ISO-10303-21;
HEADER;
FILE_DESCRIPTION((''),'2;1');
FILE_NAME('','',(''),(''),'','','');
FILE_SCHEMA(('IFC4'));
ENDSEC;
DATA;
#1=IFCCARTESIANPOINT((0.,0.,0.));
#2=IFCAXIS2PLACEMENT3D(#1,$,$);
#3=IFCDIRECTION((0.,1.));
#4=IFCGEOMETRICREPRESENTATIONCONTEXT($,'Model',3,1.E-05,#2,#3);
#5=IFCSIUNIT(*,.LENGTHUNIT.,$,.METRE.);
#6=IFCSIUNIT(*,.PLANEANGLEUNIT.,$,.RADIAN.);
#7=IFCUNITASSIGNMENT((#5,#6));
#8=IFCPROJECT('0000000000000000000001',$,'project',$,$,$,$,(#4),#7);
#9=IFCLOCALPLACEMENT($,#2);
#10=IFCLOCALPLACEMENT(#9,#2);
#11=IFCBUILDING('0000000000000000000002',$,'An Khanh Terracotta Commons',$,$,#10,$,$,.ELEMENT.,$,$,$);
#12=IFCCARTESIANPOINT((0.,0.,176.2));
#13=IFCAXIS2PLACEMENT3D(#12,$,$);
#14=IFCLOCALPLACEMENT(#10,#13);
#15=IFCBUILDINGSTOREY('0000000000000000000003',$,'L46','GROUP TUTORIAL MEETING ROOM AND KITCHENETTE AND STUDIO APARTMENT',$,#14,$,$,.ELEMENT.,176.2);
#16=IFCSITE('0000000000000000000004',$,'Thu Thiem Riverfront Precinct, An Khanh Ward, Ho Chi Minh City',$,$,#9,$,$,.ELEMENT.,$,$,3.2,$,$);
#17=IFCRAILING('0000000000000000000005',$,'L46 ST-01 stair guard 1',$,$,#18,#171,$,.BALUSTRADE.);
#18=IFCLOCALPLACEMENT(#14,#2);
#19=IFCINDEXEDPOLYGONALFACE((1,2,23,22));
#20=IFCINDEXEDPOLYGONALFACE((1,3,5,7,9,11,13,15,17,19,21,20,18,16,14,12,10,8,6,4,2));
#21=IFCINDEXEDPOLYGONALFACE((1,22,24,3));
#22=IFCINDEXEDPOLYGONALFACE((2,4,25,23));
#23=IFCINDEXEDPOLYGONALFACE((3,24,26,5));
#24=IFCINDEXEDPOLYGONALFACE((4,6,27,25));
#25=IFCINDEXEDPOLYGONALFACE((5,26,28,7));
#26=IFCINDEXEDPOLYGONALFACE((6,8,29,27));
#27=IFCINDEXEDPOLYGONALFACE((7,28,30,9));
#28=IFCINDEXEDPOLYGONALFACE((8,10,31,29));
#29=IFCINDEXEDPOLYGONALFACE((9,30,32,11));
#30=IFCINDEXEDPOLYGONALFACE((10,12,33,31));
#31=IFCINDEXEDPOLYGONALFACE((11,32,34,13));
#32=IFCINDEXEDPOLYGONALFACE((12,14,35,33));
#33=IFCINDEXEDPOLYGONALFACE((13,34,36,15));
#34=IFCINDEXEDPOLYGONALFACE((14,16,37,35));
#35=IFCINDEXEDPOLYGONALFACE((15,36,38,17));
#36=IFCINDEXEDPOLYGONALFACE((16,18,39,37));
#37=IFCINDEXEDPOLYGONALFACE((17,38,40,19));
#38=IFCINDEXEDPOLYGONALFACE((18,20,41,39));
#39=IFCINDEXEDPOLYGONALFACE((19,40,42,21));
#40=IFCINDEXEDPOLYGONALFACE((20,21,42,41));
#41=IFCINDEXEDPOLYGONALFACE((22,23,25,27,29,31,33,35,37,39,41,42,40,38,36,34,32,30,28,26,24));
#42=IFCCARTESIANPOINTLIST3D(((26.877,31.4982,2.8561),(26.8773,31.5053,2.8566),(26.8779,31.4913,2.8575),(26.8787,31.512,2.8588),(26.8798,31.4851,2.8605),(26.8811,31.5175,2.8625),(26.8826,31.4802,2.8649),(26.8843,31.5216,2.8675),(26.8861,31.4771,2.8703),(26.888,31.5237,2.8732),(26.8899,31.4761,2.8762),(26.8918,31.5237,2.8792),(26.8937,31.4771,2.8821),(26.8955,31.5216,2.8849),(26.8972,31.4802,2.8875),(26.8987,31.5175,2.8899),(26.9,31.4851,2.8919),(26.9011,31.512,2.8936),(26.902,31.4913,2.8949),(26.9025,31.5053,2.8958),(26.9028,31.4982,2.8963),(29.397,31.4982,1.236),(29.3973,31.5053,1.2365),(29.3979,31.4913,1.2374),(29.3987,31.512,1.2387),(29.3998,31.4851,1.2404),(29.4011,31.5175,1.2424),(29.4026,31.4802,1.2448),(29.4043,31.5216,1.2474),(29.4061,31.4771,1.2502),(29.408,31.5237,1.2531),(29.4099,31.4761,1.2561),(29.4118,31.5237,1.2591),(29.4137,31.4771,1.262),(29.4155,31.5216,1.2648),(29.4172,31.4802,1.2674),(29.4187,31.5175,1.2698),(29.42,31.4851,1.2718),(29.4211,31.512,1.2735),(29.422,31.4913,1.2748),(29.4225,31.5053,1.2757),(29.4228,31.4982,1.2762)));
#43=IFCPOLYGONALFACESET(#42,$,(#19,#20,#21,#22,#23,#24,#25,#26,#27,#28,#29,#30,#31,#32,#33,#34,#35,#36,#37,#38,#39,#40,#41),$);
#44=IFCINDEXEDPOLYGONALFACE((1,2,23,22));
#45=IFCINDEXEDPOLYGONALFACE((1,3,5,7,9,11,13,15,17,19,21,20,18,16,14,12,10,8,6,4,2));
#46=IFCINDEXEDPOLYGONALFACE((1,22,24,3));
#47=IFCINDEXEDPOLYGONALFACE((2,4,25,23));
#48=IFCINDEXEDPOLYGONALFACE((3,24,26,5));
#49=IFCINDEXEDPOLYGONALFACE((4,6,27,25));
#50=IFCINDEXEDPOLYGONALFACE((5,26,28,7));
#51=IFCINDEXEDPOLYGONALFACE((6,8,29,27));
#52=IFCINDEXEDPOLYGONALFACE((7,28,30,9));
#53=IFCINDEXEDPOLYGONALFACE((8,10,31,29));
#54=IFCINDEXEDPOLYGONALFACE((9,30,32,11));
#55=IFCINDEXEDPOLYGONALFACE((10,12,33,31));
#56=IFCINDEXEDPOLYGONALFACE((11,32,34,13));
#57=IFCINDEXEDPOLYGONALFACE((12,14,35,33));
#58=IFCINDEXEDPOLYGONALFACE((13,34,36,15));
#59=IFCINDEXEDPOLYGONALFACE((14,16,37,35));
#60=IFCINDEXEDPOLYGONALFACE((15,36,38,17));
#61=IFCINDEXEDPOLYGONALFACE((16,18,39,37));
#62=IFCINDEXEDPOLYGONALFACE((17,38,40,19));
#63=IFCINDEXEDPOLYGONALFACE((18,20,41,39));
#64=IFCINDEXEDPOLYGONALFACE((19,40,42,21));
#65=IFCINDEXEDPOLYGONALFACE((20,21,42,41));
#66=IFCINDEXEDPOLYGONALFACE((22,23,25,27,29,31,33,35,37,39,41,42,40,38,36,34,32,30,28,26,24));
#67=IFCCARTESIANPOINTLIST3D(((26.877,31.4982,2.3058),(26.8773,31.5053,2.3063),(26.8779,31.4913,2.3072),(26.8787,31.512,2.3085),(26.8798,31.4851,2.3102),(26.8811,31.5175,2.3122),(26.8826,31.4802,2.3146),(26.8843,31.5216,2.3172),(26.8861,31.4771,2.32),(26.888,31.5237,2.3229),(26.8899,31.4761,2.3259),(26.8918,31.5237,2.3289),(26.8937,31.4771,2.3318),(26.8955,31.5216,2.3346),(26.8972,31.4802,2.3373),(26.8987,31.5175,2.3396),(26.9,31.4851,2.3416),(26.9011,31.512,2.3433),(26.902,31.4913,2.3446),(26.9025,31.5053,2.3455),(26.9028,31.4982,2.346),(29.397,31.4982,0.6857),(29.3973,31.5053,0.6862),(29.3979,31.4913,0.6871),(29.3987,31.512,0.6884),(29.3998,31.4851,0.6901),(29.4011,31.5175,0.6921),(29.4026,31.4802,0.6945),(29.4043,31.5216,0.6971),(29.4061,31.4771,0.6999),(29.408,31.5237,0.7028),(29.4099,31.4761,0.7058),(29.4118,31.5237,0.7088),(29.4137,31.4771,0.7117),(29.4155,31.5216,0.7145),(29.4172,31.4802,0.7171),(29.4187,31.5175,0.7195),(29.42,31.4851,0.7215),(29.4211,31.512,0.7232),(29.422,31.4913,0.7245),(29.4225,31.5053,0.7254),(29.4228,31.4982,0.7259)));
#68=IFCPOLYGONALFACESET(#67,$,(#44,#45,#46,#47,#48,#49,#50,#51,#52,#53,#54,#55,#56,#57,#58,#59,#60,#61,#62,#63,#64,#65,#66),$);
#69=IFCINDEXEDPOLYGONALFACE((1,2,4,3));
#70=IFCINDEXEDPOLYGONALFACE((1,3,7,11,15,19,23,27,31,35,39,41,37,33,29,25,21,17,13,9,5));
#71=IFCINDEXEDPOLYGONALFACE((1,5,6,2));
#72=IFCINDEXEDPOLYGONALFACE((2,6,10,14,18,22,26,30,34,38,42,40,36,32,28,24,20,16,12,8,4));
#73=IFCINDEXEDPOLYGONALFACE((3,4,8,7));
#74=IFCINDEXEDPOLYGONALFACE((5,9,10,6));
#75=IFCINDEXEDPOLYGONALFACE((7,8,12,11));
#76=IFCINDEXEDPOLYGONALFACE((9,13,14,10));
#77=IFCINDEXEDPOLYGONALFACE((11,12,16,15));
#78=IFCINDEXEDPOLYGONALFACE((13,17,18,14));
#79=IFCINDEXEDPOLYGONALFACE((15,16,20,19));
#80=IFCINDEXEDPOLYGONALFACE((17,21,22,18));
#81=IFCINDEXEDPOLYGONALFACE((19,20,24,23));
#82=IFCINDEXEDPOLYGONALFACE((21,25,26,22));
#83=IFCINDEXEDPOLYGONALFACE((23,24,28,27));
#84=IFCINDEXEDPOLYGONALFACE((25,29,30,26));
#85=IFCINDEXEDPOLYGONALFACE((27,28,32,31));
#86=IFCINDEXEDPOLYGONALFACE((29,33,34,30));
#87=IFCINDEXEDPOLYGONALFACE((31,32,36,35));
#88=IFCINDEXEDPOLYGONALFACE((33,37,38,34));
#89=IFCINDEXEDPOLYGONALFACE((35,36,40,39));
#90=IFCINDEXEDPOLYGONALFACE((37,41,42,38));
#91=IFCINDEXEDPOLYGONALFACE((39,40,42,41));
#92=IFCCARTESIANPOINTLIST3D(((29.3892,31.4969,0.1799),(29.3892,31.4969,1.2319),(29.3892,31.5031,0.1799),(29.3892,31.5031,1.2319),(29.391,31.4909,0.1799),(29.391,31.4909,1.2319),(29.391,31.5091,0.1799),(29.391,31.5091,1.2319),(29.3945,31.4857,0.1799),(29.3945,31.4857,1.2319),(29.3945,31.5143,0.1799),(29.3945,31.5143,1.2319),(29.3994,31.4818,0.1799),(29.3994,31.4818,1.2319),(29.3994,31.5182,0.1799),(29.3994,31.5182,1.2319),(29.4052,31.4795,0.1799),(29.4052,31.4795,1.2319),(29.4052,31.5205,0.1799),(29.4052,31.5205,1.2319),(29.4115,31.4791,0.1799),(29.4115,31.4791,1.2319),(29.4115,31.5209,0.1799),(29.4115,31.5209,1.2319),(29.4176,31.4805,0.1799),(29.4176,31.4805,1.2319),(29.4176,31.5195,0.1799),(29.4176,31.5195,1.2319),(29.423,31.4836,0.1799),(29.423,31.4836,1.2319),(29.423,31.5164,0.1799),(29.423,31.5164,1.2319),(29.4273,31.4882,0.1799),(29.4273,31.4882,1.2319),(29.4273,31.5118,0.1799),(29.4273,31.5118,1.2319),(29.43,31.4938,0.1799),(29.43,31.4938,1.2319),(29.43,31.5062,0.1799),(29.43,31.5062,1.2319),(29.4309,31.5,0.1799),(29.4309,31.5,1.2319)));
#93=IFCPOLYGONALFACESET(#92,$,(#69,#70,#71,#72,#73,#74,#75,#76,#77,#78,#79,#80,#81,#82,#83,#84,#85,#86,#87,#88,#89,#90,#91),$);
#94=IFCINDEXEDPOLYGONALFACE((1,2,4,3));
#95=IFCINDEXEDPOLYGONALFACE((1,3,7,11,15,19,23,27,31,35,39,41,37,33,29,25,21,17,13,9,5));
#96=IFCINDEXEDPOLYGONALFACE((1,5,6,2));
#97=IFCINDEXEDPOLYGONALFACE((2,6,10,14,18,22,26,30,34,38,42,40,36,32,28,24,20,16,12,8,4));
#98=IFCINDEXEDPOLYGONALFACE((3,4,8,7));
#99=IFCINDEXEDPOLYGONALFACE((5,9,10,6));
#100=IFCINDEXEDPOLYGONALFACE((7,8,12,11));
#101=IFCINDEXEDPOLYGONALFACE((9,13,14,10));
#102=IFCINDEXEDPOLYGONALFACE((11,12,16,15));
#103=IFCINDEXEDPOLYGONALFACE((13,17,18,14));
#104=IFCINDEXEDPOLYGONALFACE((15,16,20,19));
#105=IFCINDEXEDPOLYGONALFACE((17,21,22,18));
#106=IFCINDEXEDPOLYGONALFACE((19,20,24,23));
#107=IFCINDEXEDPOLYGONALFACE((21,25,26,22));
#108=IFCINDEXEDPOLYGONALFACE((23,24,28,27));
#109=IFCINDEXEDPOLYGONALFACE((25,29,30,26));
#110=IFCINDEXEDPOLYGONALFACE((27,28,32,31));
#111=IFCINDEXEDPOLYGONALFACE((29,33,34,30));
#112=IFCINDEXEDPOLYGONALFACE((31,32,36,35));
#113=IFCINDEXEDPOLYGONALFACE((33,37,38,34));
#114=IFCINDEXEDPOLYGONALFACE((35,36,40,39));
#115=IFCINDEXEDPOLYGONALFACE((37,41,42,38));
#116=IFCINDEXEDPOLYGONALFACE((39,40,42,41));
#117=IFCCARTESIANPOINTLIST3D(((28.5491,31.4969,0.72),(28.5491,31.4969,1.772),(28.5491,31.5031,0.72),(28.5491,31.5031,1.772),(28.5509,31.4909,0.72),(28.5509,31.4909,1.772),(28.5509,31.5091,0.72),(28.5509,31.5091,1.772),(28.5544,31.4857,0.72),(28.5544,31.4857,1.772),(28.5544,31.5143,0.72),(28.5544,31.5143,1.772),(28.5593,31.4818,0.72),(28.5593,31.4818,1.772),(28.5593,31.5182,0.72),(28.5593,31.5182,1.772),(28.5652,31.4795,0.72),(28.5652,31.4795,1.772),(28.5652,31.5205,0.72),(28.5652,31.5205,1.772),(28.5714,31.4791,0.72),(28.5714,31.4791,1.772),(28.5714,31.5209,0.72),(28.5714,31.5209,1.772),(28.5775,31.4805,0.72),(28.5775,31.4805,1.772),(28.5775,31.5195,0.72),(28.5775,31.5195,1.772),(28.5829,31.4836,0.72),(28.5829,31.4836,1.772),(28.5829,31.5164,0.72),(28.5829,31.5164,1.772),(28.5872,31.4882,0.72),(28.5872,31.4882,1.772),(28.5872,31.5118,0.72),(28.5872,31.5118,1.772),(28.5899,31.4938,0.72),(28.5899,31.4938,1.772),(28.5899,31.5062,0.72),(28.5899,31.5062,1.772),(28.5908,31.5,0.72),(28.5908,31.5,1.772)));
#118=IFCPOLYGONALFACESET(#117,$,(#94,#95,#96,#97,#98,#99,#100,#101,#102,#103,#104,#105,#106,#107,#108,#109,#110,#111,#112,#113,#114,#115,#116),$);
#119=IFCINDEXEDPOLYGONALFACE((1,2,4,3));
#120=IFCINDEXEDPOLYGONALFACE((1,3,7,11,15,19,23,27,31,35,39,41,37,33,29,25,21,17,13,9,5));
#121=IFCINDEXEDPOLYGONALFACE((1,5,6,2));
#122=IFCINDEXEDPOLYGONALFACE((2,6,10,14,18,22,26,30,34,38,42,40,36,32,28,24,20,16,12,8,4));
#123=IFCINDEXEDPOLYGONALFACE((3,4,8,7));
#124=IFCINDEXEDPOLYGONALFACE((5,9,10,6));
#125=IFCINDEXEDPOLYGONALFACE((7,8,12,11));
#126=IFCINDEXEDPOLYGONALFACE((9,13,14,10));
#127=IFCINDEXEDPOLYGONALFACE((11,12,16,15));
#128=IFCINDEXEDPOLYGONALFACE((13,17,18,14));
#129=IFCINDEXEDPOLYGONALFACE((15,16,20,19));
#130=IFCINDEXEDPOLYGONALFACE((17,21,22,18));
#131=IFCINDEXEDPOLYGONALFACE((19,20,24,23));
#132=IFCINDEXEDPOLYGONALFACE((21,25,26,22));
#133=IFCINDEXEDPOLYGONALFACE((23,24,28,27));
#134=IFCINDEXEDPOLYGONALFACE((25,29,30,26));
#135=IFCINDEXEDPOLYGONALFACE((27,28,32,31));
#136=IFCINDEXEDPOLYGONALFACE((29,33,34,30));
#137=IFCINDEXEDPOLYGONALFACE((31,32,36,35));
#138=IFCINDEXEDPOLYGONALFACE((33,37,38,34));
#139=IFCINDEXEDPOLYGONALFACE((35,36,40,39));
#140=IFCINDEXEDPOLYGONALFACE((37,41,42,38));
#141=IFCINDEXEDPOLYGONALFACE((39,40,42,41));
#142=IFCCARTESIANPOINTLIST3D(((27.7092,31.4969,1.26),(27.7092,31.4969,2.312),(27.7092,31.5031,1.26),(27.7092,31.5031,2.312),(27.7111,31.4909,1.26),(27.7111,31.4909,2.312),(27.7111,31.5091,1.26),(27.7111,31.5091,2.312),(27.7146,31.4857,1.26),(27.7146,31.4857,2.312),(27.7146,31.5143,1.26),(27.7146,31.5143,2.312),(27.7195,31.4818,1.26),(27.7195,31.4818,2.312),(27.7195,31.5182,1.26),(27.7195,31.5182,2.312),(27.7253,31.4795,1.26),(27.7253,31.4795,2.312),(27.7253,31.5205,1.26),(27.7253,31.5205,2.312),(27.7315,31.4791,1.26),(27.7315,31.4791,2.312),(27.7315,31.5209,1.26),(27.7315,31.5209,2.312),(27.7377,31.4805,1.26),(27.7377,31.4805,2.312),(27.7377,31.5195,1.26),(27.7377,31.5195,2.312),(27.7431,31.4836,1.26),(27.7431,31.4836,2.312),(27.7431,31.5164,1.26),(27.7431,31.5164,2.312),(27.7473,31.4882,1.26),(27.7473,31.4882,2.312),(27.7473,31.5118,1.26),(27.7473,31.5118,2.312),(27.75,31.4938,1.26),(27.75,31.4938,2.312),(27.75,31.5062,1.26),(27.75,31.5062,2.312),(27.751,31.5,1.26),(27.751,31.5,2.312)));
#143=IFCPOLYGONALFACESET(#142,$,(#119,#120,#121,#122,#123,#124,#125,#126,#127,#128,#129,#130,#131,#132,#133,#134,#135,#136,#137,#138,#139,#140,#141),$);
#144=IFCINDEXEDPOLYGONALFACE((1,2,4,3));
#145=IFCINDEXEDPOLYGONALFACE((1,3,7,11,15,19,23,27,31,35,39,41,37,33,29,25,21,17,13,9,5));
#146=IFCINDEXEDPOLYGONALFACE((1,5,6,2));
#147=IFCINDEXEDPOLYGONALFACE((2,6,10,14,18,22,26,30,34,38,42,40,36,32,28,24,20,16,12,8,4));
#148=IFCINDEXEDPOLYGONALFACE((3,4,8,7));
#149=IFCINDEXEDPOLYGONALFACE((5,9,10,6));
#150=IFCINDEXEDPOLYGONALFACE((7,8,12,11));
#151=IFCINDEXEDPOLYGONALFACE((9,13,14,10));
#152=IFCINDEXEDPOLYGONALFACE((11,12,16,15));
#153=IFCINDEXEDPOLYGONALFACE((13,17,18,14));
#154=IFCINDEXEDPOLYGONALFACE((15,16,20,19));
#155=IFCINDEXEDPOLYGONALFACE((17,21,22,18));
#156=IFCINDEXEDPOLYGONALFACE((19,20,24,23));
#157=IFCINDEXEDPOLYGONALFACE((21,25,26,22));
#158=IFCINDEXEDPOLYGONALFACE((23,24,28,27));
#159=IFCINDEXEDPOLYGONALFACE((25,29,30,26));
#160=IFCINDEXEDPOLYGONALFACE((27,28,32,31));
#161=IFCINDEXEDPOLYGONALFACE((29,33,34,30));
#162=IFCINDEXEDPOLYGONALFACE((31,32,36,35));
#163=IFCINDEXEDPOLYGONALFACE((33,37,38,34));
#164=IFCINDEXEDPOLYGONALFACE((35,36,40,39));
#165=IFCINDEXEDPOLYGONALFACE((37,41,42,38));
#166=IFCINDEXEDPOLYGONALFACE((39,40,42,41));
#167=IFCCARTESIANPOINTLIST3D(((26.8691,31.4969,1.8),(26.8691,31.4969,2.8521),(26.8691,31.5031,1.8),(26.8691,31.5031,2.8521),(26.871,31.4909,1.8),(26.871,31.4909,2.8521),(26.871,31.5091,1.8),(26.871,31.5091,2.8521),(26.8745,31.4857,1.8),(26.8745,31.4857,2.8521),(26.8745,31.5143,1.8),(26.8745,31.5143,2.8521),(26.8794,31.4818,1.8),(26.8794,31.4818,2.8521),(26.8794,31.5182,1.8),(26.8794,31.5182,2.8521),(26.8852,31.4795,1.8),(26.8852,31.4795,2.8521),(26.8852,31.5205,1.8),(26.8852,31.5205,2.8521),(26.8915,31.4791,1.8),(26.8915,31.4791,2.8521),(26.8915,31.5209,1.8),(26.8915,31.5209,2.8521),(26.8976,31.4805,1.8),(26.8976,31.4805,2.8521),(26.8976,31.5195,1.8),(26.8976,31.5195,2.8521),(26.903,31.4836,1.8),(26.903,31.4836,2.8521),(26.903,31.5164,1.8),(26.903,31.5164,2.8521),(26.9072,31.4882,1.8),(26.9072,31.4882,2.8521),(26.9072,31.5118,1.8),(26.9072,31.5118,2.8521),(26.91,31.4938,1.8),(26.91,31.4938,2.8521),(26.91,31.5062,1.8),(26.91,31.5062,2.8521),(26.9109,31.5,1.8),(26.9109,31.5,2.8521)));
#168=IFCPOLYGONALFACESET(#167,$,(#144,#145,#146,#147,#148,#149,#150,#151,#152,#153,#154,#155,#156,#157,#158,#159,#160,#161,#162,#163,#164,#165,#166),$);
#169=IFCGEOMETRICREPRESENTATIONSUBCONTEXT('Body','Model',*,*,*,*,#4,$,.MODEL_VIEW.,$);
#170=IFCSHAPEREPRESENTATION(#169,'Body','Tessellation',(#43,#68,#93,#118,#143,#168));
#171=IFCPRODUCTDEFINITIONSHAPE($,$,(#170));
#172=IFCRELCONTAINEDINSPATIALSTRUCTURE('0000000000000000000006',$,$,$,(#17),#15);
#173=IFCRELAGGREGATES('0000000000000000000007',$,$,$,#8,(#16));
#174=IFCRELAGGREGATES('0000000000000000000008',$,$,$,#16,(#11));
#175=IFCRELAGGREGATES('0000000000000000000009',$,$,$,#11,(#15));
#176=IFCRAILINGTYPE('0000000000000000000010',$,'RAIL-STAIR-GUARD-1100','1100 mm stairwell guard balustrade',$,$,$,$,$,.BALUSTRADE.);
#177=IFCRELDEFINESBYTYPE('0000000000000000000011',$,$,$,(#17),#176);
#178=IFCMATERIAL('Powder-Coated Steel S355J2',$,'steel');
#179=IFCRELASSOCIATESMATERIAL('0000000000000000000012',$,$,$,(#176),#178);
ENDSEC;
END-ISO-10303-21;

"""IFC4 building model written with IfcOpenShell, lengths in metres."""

from ifc_helpers import new_model, si_unit, direction, frame, origin, origin_2d, place, context, subcontext, project, spatial, circle, extrude, material, type_object, element, save


model = new_model("IFC4")

# Units and contexts
model_context = context("Model", 3, precision=1e-05, world=origin(), true_north=direction((0.0, 1.0)))
body_context = subcontext(model_context, "Body", "Model", "MODEL_VIEW")
ifc_project = project(units=[si_unit("LENGTHUNIT", "METRE"), si_unit("PLANEANGLEUNIT", "RADIAN")], contexts=[model_context])

# Site, building, storey
site_placement = place(None, origin())
site = spatial("IfcSite", under=ifc_project, at=site_placement, Name="Thu Thiem Riverfront Precinct, An Khanh Ward, Ho Chi Minh City", CompositionType="ELEMENT", RefElevation=3.2)
building_placement = place(site_placement, origin())
building = spatial("IfcBuilding", under=site, at=building_placement, Name="An Khanh Terracotta Commons", CompositionType="ELEMENT")
storey_placement = place(building_placement, frame((0.0, 0.0, 176.2)))
storey = spatial("IfcBuildingStorey", under=building, at=storey_placement, Name="L46", Description="GROUP TUTORIAL MEETING ROOM AND KITCHENETTE AND STUDIO APARTMENT", CompositionType="ELEMENT", Elevation=176.2)

# Railing
ifc_material_1 = material(Name="Powder-Coated Steel S355J2", Category="steel")
railing_type_1 = type_object("IfcRailingType", Name="RAIL-STAIR-GUARD-1100", Description="1100 mm stairwell guard balustrade", PredefinedType="BALUSTRADE", material=ifc_material_1)
railing_1_placement = place(storey_placement, frame((29.4099, 31.5, 0.1799)))
element("IfcRailing", 1, at=railing_1_placement, inside=storey, type_object=railing_type_1, Name="L46 ST-01 stair guard 1", PredefinedType="BALUSTRADE", context=body_context, shape_type="SweptSolid", body=[
    extrude(circle(Radius=0.0239, at=origin_2d()), frame((0.0, 0.0, 1.0762), z_axis=(-0.841163, 0.0, 0.540782), x_axis=(0.0, -1.0, 0.0)), (0.0, 0.0, 1.0), 2.9958),
    extrude(circle(Radius=0.0239, at=origin_2d()), frame((0.0, 0.0, 0.5259), z_axis=(-0.841163, 0.0, 0.540782), x_axis=(0.0, -1.0, 0.0)), (0.0, 0.0, 1.0), 2.9958),
    extrude(circle(Radius=0.021, at=origin_2d()), origin(), (0.0, 0.0, 1.0), 1.052),
    extrude(circle(Radius=0.021, at=origin_2d()), frame((-0.8401, 0.0, 0.54)), (0.0, 0.0, 1.0), 1.052),
    extrude(circle(Radius=0.021, at=origin_2d()), frame((-1.6799, 0.0, 1.0801)), (0.0, 0.0, 1.0), 1.052),
    extrude(circle(Radius=0.021, at=origin_2d()), frame((-2.52, 0.0, 1.6201)), (0.0, 0.0, 1.0), 1.052),
])

save(model, "model.ifc")
